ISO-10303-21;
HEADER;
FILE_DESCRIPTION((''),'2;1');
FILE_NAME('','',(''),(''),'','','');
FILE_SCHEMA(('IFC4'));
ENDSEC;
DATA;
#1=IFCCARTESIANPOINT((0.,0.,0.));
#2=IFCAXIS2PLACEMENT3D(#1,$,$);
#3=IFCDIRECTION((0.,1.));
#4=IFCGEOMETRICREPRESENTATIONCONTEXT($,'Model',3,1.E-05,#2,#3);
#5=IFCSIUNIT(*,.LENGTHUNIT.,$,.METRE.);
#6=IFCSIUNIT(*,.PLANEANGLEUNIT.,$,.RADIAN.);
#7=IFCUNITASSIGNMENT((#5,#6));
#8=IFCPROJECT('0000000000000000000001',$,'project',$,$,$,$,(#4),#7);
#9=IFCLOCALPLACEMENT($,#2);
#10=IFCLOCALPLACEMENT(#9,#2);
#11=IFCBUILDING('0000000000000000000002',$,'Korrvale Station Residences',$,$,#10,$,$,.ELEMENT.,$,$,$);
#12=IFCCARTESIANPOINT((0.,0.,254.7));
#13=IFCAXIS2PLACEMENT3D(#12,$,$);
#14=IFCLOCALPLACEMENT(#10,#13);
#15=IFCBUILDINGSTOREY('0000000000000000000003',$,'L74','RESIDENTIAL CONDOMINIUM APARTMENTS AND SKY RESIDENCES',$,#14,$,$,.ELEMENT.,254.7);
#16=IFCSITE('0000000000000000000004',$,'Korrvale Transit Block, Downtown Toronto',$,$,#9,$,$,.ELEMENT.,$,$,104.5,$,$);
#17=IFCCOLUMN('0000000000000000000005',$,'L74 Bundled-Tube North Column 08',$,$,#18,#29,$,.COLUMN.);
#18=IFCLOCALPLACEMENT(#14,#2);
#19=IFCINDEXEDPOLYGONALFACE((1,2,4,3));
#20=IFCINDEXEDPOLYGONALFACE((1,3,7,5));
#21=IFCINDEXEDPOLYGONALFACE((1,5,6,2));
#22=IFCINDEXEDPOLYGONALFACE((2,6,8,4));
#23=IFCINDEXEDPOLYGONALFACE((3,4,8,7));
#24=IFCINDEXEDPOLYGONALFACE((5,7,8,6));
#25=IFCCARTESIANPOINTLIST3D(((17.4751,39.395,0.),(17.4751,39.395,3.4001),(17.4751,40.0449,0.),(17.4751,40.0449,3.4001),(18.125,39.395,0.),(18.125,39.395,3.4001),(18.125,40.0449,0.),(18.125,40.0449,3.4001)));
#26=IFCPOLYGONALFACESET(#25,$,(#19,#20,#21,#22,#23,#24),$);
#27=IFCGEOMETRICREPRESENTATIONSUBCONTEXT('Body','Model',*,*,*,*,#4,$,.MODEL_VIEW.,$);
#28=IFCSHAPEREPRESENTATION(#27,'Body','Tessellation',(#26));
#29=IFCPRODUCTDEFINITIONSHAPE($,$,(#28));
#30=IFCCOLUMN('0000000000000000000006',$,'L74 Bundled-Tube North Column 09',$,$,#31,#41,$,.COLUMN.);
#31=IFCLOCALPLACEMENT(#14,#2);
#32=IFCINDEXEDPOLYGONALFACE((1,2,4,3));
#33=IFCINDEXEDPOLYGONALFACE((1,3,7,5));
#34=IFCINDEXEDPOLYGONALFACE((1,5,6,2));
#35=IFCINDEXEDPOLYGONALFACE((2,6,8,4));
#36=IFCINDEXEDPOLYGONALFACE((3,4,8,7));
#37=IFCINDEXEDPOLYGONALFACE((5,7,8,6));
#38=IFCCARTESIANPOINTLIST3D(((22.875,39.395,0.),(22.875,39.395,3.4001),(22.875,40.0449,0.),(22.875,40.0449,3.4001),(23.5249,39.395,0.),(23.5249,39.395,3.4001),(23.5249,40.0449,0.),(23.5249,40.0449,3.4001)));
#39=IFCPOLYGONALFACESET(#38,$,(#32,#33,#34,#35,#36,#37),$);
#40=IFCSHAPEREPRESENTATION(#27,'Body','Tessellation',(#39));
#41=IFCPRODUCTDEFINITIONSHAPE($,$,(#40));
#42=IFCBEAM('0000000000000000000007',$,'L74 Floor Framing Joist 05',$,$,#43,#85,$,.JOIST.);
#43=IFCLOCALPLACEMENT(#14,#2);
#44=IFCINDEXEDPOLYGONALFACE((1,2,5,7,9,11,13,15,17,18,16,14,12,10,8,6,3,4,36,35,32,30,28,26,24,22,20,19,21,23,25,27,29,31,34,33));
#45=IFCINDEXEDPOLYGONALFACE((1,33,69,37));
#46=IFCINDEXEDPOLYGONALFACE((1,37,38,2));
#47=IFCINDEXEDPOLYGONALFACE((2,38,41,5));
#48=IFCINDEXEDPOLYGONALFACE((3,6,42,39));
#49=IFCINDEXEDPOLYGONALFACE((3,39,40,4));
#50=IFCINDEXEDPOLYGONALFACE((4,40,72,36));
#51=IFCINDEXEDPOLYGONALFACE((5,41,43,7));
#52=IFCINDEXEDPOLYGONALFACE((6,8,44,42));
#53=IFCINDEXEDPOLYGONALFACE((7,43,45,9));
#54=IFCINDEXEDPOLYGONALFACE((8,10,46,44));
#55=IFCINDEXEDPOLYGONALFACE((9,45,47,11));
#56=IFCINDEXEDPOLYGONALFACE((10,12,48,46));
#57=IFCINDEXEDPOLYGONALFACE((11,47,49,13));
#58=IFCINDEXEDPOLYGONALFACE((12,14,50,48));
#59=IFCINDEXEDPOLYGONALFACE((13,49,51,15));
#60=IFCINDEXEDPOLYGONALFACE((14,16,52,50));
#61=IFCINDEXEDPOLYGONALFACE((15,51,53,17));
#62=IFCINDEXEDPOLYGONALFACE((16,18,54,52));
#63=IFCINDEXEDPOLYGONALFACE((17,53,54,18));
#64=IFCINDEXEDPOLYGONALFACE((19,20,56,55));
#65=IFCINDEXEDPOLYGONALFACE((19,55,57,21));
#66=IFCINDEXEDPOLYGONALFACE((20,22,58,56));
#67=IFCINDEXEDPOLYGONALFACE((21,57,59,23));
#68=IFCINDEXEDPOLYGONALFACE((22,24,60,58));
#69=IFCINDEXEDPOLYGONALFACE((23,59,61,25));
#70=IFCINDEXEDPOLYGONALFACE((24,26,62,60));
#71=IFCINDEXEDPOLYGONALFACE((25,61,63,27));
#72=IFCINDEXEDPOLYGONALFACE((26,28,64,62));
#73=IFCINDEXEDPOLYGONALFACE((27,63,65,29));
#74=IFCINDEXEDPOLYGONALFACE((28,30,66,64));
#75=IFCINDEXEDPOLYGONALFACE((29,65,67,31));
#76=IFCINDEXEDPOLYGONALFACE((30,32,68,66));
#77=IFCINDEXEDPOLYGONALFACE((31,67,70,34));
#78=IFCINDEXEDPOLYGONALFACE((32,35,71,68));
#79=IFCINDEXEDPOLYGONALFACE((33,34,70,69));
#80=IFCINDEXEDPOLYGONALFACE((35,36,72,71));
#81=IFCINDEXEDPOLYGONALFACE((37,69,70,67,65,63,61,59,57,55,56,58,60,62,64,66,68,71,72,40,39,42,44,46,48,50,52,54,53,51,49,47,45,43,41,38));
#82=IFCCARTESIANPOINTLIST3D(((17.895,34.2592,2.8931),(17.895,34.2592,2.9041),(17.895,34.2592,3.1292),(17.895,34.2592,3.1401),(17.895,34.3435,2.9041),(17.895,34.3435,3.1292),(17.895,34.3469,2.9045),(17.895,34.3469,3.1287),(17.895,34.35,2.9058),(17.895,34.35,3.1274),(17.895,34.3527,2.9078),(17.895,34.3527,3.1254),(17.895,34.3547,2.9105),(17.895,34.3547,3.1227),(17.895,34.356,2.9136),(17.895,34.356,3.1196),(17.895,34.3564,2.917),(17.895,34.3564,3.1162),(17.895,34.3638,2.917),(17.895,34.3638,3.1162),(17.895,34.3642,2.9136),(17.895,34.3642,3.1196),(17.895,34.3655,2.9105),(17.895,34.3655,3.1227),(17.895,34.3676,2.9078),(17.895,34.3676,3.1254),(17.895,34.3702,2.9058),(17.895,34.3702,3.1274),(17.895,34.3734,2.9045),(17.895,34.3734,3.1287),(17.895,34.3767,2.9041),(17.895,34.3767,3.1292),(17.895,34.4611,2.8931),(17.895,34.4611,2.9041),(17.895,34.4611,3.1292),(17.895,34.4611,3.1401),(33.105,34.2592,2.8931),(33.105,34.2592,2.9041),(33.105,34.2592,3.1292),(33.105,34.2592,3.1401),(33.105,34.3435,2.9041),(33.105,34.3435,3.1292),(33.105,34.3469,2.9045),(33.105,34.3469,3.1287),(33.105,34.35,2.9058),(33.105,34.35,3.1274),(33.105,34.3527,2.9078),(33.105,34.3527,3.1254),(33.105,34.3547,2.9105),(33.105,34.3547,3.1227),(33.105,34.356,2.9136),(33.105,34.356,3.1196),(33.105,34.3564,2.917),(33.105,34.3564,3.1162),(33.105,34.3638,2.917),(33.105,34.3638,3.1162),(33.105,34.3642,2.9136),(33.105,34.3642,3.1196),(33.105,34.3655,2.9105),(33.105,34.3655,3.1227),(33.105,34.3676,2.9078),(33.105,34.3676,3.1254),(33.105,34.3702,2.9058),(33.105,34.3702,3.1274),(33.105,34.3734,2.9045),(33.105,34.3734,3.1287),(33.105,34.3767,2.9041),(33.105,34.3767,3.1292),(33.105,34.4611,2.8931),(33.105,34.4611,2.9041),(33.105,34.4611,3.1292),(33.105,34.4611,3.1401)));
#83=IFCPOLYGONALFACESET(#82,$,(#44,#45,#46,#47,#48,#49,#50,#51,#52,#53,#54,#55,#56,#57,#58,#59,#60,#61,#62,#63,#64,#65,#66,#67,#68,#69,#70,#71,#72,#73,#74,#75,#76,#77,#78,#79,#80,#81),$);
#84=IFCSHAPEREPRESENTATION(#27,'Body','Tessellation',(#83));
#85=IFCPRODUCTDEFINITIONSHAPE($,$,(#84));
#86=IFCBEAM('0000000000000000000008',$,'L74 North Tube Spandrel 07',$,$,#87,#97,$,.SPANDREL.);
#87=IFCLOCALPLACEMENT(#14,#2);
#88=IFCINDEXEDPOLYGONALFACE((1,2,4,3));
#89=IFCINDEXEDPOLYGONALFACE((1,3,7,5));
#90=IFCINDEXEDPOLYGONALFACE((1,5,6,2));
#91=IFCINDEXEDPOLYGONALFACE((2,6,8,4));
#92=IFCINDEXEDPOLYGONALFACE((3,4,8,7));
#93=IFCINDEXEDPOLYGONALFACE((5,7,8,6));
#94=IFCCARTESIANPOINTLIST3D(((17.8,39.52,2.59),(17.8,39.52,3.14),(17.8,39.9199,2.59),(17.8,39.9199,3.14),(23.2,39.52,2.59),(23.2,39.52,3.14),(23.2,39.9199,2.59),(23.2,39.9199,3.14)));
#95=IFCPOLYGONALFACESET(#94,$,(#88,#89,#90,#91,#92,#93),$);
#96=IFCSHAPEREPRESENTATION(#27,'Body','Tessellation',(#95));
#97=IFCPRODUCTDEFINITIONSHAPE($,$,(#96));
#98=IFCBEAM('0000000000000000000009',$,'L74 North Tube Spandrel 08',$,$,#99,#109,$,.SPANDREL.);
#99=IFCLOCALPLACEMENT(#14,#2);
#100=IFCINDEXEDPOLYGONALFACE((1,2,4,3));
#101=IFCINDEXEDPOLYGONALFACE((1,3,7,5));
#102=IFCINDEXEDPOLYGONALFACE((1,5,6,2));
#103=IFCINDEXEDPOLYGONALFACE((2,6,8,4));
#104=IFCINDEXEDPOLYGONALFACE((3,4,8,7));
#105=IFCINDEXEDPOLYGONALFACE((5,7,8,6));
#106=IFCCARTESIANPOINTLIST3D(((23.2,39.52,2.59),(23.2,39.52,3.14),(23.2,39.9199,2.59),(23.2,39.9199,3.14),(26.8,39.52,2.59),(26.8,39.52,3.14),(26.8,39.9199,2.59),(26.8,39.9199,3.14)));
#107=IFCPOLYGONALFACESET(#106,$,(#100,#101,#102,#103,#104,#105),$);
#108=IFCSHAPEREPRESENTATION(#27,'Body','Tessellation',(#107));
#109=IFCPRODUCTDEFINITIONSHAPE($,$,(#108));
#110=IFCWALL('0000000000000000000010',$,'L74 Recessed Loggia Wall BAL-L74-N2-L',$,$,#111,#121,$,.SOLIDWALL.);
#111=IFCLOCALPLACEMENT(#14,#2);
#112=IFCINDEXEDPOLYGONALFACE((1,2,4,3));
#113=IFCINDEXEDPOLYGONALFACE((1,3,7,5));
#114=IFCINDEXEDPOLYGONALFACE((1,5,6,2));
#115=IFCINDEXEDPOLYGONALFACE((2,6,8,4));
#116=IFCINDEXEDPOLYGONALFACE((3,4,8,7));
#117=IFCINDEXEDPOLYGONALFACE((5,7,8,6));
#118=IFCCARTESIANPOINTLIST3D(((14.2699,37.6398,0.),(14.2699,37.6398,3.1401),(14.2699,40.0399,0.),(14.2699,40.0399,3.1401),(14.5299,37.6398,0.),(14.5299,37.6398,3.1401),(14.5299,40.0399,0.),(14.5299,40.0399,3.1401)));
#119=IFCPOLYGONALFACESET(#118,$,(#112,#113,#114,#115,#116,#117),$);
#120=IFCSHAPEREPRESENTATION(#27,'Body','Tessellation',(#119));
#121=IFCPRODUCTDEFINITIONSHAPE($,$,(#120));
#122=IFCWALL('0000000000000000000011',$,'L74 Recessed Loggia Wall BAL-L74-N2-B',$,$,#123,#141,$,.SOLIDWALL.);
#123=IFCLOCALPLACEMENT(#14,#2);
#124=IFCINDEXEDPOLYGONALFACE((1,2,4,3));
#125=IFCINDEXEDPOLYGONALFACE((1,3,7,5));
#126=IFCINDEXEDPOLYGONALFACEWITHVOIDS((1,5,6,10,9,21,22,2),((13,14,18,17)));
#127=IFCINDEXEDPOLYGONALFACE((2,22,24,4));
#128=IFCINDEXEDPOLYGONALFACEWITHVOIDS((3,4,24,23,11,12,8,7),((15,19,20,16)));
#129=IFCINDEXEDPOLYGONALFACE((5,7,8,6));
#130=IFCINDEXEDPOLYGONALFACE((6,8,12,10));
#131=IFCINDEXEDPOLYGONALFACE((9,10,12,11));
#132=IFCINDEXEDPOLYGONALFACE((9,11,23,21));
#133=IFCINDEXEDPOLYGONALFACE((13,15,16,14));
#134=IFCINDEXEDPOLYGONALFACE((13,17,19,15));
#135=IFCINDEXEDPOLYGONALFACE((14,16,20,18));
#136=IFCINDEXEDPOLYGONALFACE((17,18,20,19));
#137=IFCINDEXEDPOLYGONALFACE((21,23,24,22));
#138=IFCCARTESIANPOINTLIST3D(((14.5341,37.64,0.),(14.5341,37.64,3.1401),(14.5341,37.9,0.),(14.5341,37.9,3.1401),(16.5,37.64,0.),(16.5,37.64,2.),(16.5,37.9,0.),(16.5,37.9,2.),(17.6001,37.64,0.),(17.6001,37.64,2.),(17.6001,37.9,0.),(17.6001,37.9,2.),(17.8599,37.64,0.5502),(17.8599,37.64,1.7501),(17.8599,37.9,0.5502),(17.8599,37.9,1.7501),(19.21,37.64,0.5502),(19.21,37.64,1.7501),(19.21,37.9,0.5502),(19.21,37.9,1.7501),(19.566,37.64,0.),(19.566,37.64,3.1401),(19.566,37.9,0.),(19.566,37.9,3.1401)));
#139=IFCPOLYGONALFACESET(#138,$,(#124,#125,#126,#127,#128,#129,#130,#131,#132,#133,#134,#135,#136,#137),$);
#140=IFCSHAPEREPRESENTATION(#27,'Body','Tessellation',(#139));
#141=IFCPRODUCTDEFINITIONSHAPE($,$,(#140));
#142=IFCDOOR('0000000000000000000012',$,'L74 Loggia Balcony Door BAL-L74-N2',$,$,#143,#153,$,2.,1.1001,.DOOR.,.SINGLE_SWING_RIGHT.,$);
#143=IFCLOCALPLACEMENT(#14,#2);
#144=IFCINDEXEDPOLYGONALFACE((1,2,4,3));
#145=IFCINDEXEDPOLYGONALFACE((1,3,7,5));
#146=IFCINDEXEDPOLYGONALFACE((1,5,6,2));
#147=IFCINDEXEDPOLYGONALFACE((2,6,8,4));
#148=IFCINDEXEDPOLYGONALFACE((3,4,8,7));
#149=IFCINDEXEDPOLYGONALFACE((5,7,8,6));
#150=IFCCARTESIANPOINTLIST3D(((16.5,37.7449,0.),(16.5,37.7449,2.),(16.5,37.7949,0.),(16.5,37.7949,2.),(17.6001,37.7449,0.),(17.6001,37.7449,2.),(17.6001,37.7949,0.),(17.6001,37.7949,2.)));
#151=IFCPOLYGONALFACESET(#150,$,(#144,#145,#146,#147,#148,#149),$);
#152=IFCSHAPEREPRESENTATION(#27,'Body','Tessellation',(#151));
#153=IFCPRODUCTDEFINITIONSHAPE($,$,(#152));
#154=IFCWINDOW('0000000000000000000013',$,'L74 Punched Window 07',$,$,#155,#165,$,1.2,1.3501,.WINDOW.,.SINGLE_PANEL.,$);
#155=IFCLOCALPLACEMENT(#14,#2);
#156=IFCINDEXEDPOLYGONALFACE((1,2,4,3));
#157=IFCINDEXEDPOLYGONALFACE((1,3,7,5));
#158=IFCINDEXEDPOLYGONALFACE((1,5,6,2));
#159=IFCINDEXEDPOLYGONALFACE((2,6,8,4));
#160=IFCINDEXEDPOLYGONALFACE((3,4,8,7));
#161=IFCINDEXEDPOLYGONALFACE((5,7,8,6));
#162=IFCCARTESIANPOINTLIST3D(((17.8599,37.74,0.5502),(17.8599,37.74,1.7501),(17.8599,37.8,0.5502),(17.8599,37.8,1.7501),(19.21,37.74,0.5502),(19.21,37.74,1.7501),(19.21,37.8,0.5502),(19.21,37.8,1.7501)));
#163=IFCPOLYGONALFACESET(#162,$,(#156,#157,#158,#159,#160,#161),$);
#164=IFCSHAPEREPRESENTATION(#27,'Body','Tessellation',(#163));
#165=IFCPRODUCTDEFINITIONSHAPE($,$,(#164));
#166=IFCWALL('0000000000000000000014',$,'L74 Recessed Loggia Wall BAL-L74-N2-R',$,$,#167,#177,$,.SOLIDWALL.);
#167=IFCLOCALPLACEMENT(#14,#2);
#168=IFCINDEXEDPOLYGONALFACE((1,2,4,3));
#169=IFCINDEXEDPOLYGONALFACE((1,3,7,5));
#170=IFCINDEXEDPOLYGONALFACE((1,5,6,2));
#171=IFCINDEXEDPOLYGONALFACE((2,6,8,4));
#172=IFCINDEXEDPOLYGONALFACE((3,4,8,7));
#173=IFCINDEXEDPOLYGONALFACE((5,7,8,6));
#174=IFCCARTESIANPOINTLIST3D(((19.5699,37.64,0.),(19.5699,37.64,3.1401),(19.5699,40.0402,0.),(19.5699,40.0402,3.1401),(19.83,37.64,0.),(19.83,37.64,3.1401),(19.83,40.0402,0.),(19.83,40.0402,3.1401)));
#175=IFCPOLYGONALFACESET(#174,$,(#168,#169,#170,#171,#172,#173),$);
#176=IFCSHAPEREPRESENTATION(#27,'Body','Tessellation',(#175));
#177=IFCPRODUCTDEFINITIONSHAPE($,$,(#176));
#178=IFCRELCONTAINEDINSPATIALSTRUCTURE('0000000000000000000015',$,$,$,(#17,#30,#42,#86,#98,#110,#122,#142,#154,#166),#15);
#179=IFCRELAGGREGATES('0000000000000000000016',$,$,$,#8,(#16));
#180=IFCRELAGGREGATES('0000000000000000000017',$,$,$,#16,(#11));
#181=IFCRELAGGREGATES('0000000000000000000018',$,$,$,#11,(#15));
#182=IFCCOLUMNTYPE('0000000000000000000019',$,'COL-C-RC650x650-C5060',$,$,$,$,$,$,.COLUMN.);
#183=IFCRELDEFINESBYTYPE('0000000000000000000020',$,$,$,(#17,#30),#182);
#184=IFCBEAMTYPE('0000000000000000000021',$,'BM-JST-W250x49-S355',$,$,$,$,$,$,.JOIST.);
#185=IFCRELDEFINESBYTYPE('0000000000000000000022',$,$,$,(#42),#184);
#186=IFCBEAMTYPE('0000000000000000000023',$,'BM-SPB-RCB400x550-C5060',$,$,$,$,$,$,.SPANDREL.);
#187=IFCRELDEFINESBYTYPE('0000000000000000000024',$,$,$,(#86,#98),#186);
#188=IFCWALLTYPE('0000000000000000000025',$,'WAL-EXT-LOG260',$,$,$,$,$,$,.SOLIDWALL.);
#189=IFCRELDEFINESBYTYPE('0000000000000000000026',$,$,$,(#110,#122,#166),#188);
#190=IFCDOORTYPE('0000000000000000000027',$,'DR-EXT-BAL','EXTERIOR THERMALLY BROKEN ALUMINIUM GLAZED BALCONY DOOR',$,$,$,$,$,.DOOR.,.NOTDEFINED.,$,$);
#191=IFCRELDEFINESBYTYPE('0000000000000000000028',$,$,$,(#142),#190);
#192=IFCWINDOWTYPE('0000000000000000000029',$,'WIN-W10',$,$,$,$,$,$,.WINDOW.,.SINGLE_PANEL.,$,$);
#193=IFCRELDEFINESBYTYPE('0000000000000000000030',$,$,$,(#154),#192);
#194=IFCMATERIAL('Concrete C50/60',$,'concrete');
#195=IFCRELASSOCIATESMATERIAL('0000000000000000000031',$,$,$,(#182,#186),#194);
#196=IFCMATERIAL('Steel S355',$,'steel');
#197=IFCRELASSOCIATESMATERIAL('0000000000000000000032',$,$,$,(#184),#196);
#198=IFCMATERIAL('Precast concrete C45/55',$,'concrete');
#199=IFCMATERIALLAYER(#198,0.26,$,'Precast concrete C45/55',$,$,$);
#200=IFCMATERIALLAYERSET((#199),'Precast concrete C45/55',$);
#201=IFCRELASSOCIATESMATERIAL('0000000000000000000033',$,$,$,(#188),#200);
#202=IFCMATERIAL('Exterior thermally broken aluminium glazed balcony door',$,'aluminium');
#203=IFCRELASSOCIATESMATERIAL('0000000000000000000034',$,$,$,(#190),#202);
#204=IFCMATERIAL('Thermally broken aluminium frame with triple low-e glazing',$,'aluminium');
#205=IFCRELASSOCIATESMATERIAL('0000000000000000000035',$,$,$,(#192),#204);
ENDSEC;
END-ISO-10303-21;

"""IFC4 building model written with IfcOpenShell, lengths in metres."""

from ifc_helpers import new_model, si_unit, direction, frame, frame_2d, origin, origin_2d, place, context, subcontext, project, spatial, rectangle, i_section, extrude, material, layer, layer_set, material_profile, profile_set, type_object, element, fill, save


model = new_model("IFC4")

# Units and contexts
model_context = context("Model", 3, precision=1e-05, world=origin(), true_north=direction((0.0, 1.0)))
body_context = subcontext(model_context, "Body", "Model", "MODEL_VIEW")
ifc_project = project(units=[si_unit("LENGTHUNIT", "METRE"), si_unit("PLANEANGLEUNIT", "RADIAN")], contexts=[model_context])

# Site, building, storey
site_placement = place(None, origin())
site = spatial("IfcSite", under=ifc_project, at=site_placement, Name="Korrvale Transit Block, Downtown Toronto", CompositionType="ELEMENT", RefElevation=104.5)
building_placement = place(site_placement, origin())
building = spatial("IfcBuilding", under=site, at=building_placement, Name="Korrvale Station Residences", CompositionType="ELEMENT")
storey_placement = place(building_placement, frame((0.0, 0.0, 254.7)))
storey = spatial("IfcBuildingStorey", under=building, at=storey_placement, Name="L74", Description="RESIDENTIAL CONDOMINIUM APARTMENTS AND SKY RESIDENCES", CompositionType="ELEMENT", Elevation=254.7)

# Columns
ifc_material_1 = material(Name="Concrete C50/60", Category="concrete")
ifc_material_profile_1 = material_profile(ifc_material_1, rectangle(XDim=0.6499, YDim=0.6499, at=origin_2d()), Name="RC650x650")
ifc_profile_set_1 = profile_set([ifc_material_profile_1], Name="Concrete C50/60")
column_type = type_object("IfcColumnType", Name="COL-C-RC650x650-C5060", PredefinedType="COLUMN", material=ifc_profile_set_1)
for number, where, z_axis, x_axis, name in (
    (1, (17.8, 39.72, 0.0), (0.0, 0.0, 1.0), (1.0, 0.0, 0.0), "L74 Bundled-Tube North Column 08"),
    (2, (23.2, 39.72, 0.0), (0.0, 0.0, 1.0), (1.0, 0.0, 0.0), "L74 Bundled-Tube North Column 09"),
):
    element("IfcColumn", number, at=place(storey_placement, frame(where, z_axis=z_axis, x_axis=x_axis)), inside=storey, type_object=column_type, Name=name, PredefinedType="COLUMN", context=body_context, shape_type="SweptSolid", body=[
        extrude(rectangle(XDim=0.6499, YDim=0.6499, at=origin_2d()), origin(), (0.0, 0.0, 1.0), 3.4001),
    ])

# Beams
ifc_material_2 = material(Name="Steel S355", Category="steel")
ifc_material_profile_2 = material_profile(ifc_material_2, i_section(OverallWidth=0.2019, OverallDepth=0.2471, WebThickness=0.0073, FlangeThickness=0.011, FilletRadius=0.0129, at=origin_2d()), Name="W250x49")
ifc_profile_set_2 = profile_set([ifc_material_profile_2], Name="Steel S355")
beam_type_1 = type_object("IfcBeamType", Name="BM-JST-W250x49-S355", PredefinedType="JOIST", material=ifc_profile_set_2)
beam_1_placement = place(storey_placement, frame((17.895, 34.3601, 3.0166), z_axis=(1.0, 0.0, 0.0), x_axis=(0.0, 1.0, 0.0)))
element("IfcBeam", 3, at=beam_1_placement, inside=storey, type_object=beam_type_1, Name="L74 Floor Framing Joist 05", PredefinedType="JOIST", context=body_context, shape_type="SweptSolid", body=[
    extrude(i_section(OverallWidth=0.2019, OverallDepth=0.2471, WebThickness=0.0073, FlangeThickness=0.011, FilletRadius=0.0129, at=origin_2d()), origin(), (0.0, 0.0, 1.0), 15.21),
])
ifc_material_profile_3 = material_profile(ifc_material_1, rectangle(XDim=0.3999, YDim=0.55, at=origin_2d()), Name="RCB400x550")
ifc_profile_set_3 = profile_set([ifc_material_profile_3], Name="Concrete C50/60")
beam_type_2 = type_object("IfcBeamType", Name="BM-SPB-RCB400x550-C5060", PredefinedType="SPANDREL", material=ifc_profile_set_3)
beam_2_placement = place(storey_placement, frame((17.8, 39.72, 2.865), z_axis=(1.0, 0.0, 0.0), x_axis=(0.0, 1.0, 0.0)))
element("IfcBeam", 4, at=beam_2_placement, inside=storey, type_object=beam_type_2, Name="L74 North Tube Spandrel 07", PredefinedType="SPANDREL", context=body_context, shape_type="SweptSolid", body=[
    extrude(rectangle(XDim=0.3999, YDim=0.55, at=origin_2d()), origin(), (0.0, 0.0, 1.0), 5.3999),
])
beam_3_placement = place(storey_placement, frame((23.2, 39.72, 2.865), z_axis=(1.0, 0.0, 0.0), x_axis=(0.0, 1.0, 0.0)))
element("IfcBeam", 5, at=beam_3_placement, inside=storey, type_object=beam_type_2, Name="L74 North Tube Spandrel 08", PredefinedType="SPANDREL", context=body_context, shape_type="SweptSolid", body=[
    extrude(rectangle(XDim=0.3999, YDim=0.55, at=origin_2d()), origin(), (0.0, 0.0, 1.0), 3.6001),
])

# Wall
ifc_material_3 = material(Name="Precast concrete C45/55", Category="concrete")
ifc_layer_1 = layer(ifc_material_3, 0.26, Name="Precast concrete C45/55")
ifc_layer_set_1 = layer_set([ifc_layer_1], Name="Precast concrete C45/55")
wall_type_1 = type_object("IfcWallType", Name="WAL-EXT-LOG260", PredefinedType="SOLIDWALL", material=ifc_layer_set_1)
wall_1_placement = place(storey_placement, frame((14.3999, 40.04, 0.0), z_axis=(0.0, 0.0, 1.0), x_axis=(0.0, -1.0, 0.0)))
element("IfcWall", 6, at=wall_1_placement, inside=storey, type_object=wall_type_1, Name="L74 Recessed Loggia Wall BAL-L74-N2-L", PredefinedType="SOLIDWALL", context=body_context, shape_type="SweptSolid", body=[
    extrude(rectangle(XDim=2.4001, YDim=0.26, at=frame_2d((1.2002, 0.0))), origin(), (0.0, 0.0, 1.0), 3.1401),
])

# Wall, openings, door, window
wall_2_placement = place(storey_placement, frame((14.5339, 37.77, 0.0), z_axis=(0.0, 0.0, 1.0), x_axis=(1.0, 0.0, 0.0)))
wall_2 = element("IfcWall", 7, at=wall_2_placement, inside=storey, type_object=wall_type_1, Name="L74 Recessed Loggia Wall BAL-L74-N2-B", PredefinedType="SOLIDWALL", context=body_context, shape_type="SweptSolid", body=[
    extrude(rectangle(XDim=5.032, YDim=0.26, at=frame_2d((2.5161, 0.0))), origin(), (0.0, 0.0, 1.0), 3.1401),
])
opening_1_placement = place(wall_2_placement, frame((1.9661, 0.0, 0.0)))
opening_1 = element("IfcOpeningElement", 8, at=opening_1_placement, cuts=wall_2, PredefinedType="OPENING", context=body_context, shape_type="SweptSolid", body=[
    extrude(rectangle(XDim=1.1001, YDim=2.0, at=frame_2d((0.55, 1.0))), frame((0.0, 0.1401, 0.0), z_axis=(0.0, -1.0, 0.0), x_axis=(1.0, 0.0, 0.0)), (0.0, 0.0, 1.0), 0.28),
])
opening_2_placement = place(wall_2_placement, frame((3.3259, 0.0, 0.55)))
opening_2 = element("IfcOpeningElement", 9, at=opening_2_placement, cuts=wall_2, PredefinedType="OPENING", context=body_context, shape_type="SweptSolid", body=[
    extrude(rectangle(XDim=1.3501, YDim=1.2, at=frame_2d((0.675, 0.6001))), frame((0.0, 0.1401, 0.0), z_axis=(0.0, -1.0, 0.0), x_axis=(1.0, 0.0, 0.0)), (0.0, 0.0, 1.0), 0.28),
])
ifc_material_4 = material(Name="Exterior thermally broken aluminium glazed balcony door", Category="aluminium")
door_type = type_object("IfcDoorType", Name="DR-EXT-BAL", Description="EXTERIOR THERMALLY BROKEN ALUMINIUM GLAZED BALCONY DOOR", OperationType="NOTDEFINED", PredefinedType="DOOR", material=ifc_material_4)
door_placement = place(opening_1_placement, origin())
door = element("IfcDoor", 10, at=door_placement, inside=storey, type_object=door_type, Name="L74 Loggia Balcony Door BAL-L74-N2", OperationType="SINGLE_SWING_RIGHT", OverallHeight=2.0, OverallWidth=1.1001, PredefinedType="DOOR", context=body_context, shape_type="SweptSolid", body=[
    extrude(rectangle(XDim=1.1001, YDim=2.0, at=frame_2d((0.55, 1.0))), frame((0.0, 0.0249, 0.0), z_axis=(0.0, -1.0, 0.0), x_axis=(1.0, 0.0, 0.0)), (0.0, 0.0, 1.0), 0.05),
])
fill(opening_1, door)
ifc_material_5 = material(Name="Thermally broken aluminium frame with triple low-e glazing", Category="aluminium")
window_type = type_object("IfcWindowType", Name="WIN-W10", PartitioningType="SINGLE_PANEL", PredefinedType="WINDOW", material=ifc_material_5)
window_1_placement = place(opening_2_placement, origin())
window_1 = element("IfcWindow", 11, at=window_1_placement, inside=storey, type_object=window_type, Name="L74 Punched Window 07", OverallHeight=1.2, OverallWidth=1.3501, PartitioningType="SINGLE_PANEL", PredefinedType="WINDOW", context=body_context, shape_type="SweptSolid", body=[
    extrude(rectangle(XDim=1.3501, YDim=1.2, at=frame_2d((0.675, 0.6001))), frame((0.0, 0.03, 0.0), z_axis=(0.0, -1.0, 0.0), x_axis=(1.0, 0.0, 0.0)), (0.0, 0.0, 1.0), 0.0601),
])
fill(opening_2, window_1)

# Wall
wall_3_placement = place(storey_placement, frame((19.7, 37.6399, 0.0), z_axis=(0.0, 0.0, 1.0), x_axis=(0.0, 1.0, 0.0)))
element("IfcWall", 12, at=wall_3_placement, inside=storey, type_object=wall_type_1, Name="L74 Recessed Loggia Wall BAL-L74-N2-R", PredefinedType="SOLIDWALL", context=body_context, shape_type="SweptSolid", body=[
    extrude(rectangle(XDim=2.4001, YDim=0.26, at=frame_2d((1.2002, 0.0))), origin(), (0.0, 0.0, 1.0), 3.1401),
])

save(model, "model.ifc")
